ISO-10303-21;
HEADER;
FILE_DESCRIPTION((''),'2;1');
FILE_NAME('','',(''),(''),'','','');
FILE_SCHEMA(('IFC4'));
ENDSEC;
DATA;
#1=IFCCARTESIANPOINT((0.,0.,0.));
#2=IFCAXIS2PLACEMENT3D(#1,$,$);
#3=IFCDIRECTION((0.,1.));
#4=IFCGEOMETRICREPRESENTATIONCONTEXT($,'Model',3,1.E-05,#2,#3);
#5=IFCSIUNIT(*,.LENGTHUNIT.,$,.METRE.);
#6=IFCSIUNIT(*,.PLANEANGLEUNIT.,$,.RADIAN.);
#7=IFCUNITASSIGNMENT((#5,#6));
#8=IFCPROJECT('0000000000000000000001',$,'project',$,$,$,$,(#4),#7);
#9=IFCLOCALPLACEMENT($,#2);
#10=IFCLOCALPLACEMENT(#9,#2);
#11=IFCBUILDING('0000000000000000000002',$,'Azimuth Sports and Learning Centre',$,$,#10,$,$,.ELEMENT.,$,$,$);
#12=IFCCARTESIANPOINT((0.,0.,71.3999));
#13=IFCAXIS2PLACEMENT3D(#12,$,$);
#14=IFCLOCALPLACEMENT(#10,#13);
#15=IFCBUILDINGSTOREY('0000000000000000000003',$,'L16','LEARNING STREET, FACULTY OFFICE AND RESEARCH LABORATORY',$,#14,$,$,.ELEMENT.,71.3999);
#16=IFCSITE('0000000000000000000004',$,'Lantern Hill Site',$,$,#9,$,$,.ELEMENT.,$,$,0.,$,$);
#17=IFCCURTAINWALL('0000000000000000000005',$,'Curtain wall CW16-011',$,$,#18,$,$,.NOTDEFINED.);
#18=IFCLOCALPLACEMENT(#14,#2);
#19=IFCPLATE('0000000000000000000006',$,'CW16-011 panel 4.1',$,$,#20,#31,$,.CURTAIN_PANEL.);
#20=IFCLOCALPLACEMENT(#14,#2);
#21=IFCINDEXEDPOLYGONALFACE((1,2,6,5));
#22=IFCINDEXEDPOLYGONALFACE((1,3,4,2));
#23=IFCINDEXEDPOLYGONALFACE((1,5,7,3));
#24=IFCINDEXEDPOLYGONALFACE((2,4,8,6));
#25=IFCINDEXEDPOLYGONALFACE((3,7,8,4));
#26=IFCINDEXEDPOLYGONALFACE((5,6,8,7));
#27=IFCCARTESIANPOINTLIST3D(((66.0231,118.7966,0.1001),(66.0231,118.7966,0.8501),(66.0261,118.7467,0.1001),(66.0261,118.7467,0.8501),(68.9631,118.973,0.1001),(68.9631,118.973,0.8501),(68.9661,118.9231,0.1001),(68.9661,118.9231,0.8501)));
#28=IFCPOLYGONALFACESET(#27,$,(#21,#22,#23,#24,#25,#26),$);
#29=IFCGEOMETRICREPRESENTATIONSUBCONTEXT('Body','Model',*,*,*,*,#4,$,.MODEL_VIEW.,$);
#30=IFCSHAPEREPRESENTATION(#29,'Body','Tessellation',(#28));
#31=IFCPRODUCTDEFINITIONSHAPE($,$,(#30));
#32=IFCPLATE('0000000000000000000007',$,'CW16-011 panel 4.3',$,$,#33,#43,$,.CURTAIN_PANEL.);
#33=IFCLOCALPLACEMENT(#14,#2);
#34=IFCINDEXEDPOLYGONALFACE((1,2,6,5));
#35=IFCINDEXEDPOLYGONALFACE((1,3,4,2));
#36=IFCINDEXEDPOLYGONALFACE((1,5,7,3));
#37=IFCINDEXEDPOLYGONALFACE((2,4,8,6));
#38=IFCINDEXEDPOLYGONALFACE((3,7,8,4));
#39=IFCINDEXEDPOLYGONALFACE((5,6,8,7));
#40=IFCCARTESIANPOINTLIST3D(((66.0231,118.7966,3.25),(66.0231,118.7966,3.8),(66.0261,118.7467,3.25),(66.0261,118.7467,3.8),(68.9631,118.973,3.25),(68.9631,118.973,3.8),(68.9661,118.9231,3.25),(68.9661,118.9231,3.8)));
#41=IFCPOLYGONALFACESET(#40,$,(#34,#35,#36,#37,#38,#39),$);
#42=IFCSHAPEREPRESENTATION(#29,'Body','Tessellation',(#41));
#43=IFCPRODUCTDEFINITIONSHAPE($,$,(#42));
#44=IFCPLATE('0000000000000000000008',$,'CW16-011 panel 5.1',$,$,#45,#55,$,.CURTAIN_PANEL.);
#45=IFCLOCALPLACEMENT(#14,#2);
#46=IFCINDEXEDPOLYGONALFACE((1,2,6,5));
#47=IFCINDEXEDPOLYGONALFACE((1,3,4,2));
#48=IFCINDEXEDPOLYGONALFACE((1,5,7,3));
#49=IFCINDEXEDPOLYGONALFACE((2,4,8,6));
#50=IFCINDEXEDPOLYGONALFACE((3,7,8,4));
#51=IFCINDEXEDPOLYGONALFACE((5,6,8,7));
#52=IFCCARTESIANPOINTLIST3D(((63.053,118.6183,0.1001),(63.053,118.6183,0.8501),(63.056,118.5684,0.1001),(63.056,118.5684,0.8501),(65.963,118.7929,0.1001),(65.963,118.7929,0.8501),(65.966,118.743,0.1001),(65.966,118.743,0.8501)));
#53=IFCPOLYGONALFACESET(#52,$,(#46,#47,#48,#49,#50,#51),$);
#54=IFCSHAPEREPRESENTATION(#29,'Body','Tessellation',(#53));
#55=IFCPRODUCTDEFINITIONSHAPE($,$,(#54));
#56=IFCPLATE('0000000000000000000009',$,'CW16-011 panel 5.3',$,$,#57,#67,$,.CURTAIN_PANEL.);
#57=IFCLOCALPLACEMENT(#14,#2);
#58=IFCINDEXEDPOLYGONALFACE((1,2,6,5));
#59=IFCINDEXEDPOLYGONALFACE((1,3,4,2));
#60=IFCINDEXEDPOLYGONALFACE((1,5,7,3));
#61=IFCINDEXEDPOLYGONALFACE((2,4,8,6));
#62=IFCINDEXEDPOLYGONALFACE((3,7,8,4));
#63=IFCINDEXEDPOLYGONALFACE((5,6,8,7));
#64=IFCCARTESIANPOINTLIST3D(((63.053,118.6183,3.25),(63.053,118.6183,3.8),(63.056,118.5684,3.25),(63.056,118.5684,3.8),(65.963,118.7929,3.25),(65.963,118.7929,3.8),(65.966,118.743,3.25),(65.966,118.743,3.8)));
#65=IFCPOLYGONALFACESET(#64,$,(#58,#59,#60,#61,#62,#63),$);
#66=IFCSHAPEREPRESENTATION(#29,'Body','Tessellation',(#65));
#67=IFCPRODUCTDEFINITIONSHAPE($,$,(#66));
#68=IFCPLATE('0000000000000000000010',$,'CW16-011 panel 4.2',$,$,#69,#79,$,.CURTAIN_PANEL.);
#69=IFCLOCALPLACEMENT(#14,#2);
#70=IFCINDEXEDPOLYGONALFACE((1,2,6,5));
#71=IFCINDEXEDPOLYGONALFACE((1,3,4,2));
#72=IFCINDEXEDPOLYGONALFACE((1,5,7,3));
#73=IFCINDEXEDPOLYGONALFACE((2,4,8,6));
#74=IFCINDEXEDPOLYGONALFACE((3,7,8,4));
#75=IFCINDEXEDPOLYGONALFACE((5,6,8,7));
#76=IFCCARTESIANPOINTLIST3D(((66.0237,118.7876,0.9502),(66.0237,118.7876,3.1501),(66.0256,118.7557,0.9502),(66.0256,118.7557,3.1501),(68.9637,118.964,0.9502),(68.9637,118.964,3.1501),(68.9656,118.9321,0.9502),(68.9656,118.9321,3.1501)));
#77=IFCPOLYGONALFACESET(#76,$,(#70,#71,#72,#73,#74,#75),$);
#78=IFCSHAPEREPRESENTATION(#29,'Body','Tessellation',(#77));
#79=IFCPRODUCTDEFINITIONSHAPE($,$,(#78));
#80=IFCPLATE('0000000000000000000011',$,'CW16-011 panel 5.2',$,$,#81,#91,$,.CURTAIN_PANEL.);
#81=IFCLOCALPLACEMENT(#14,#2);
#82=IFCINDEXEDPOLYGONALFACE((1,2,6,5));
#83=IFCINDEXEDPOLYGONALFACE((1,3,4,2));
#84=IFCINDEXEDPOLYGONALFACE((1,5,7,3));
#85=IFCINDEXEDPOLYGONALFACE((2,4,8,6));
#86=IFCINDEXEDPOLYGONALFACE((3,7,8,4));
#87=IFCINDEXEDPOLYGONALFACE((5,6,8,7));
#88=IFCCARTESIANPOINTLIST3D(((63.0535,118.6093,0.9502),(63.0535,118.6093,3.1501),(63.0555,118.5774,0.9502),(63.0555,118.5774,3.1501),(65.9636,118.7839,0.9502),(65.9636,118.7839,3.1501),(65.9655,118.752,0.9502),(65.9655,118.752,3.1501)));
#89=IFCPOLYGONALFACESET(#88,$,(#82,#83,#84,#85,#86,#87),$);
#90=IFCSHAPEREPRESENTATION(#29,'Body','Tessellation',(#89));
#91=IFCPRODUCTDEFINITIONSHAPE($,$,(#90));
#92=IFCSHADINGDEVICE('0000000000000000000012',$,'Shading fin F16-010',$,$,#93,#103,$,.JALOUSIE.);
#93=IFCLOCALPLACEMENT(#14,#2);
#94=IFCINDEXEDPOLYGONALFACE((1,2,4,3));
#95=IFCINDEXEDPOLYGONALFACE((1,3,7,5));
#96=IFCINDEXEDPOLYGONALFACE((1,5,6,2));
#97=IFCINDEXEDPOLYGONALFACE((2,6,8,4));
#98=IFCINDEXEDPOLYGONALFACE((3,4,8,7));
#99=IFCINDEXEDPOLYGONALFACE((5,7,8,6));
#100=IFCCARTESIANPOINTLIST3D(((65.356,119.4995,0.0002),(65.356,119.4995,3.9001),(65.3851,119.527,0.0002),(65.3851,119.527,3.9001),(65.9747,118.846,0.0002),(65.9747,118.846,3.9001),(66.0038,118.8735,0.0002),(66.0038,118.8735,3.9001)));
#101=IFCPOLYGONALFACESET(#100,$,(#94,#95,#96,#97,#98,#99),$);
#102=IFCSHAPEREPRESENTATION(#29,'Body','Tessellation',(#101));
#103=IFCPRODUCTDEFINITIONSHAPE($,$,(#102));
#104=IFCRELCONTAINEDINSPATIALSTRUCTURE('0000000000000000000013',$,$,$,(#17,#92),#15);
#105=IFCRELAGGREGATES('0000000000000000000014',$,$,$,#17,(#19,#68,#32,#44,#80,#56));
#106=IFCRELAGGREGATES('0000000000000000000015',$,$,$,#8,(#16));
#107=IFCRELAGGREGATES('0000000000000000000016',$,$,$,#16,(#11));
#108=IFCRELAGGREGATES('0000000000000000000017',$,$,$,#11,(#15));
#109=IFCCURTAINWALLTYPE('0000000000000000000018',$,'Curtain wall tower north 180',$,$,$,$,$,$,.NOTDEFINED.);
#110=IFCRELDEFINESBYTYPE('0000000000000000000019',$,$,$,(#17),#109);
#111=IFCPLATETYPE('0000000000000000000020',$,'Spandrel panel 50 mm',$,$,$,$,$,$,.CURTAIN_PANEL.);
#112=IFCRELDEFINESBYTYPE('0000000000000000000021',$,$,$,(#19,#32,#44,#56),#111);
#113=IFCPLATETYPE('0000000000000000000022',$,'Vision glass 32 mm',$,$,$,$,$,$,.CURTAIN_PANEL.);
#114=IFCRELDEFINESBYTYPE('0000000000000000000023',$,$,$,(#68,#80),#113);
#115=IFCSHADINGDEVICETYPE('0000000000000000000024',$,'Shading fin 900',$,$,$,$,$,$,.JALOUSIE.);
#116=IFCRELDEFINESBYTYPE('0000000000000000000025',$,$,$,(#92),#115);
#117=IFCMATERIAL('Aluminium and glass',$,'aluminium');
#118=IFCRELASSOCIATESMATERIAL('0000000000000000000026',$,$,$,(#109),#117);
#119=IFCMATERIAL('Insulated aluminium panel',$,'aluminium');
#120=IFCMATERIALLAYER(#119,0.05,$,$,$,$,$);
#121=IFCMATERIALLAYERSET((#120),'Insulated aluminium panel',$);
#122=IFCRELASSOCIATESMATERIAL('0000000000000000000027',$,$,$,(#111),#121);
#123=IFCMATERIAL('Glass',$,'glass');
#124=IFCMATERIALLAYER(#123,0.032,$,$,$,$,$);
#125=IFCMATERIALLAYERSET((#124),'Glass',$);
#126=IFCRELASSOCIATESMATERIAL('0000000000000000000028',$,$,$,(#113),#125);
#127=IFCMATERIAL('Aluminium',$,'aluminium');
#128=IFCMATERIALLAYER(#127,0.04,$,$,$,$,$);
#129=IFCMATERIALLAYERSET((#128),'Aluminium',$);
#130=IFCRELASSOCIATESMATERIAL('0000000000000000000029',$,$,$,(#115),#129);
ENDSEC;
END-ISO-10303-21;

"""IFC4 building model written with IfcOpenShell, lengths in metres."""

from ifc_helpers import new_model, si_unit, direction, frame, origin, origin_2d, place, context, subcontext, project, spatial, rectangle, extrude, material, layer, layer_set, type_object, element, aggregate, save


model = new_model("IFC4")

# Units and contexts
model_context = context("Model", 3, precision=1e-05, world=origin(), true_north=direction((0.0, 1.0)))
body_context = subcontext(model_context, "Body", "Model", "MODEL_VIEW")
ifc_project = project(units=[si_unit("LENGTHUNIT", "METRE"), si_unit("PLANEANGLEUNIT", "RADIAN")], contexts=[model_context])

# Site, building, storey
site_placement = place(None, origin())
site = spatial("IfcSite", under=ifc_project, at=site_placement, Name="Lantern Hill Site", CompositionType="ELEMENT", RefElevation=0.0)
building_placement = place(site_placement, origin())
building = spatial("IfcBuilding", under=site, at=building_placement, Name="Azimuth Sports and Learning Centre", CompositionType="ELEMENT")
storey_placement = place(building_placement, frame((0.0, 0.0, 71.3999)))
storey = spatial("IfcBuildingStorey", under=building, at=storey_placement, Name="L16", Description="LEARNING STREET, FACULTY OFFICE AND RESEARCH LABORATORY", CompositionType="ELEMENT", Elevation=71.3999)

# Curtain wall, plates
ifc_material_1 = material(Name="Aluminium and glass", Category="aluminium")
curtain_wall_type = type_object("IfcCurtainWallType", Name="Curtain wall tower north 180", PredefinedType="NOTDEFINED", material=ifc_material_1)
curtain_wall_placement = place(storey_placement, origin())
curtain_wall = element("IfcCurtainWall", 1, at=curtain_wall_placement, inside=storey, type_object=curtain_wall_type, Name="Curtain wall CW16-011", PredefinedType="NOTDEFINED")
ifc_material_2 = material(Name="Insulated aluminium panel", Category="aluminium")
ifc_layer_1 = layer(ifc_material_2, 0.05)
ifc_layer_set_1 = layer_set([ifc_layer_1], Name="Insulated aluminium panel")
plate_type_1 = type_object("IfcPlateType", Name="Spandrel panel 50 mm", PredefinedType="CURTAIN_PANEL", material=ifc_layer_set_1)
plate_1_placement = place(storey_placement, frame((67.4946, 118.8599, 0.1001), z_axis=(0.0, 0.0, 1.0), x_axis=(-0.998205, -0.059892, 0.0)))
plate_1 = element("IfcPlate", 2, at=plate_1_placement, type_object=plate_type_1, Name="CW16-011 panel 4.1", PredefinedType="CURTAIN_PANEL", context=body_context, shape_type="SweptSolid", body=[
    extrude(rectangle(XDim=2.9453, YDim=0.05, at=origin_2d()), origin(), (0.0, 0.0, 1.0), 0.75),
])
plate_2_placement = place(storey_placement, frame((67.4946, 118.8599, 3.25), z_axis=(0.0, 0.0, 1.0), x_axis=(-0.998205, -0.059892, 0.0)))
plate_2 = element("IfcPlate", 3, at=plate_2_placement, type_object=plate_type_1, Name="CW16-011 panel 4.3", PredefinedType="CURTAIN_PANEL", context=body_context, shape_type="SweptSolid", body=[
    extrude(rectangle(XDim=2.9453, YDim=0.05, at=origin_2d()), origin(), (0.0, 0.0, 1.0), 0.55),
])
plate_3_placement = place(storey_placement, frame((64.5095, 118.6807, 0.1001), z_axis=(0.0, 0.0, 1.0), x_axis=(-0.998205, -0.059892, 0.0)))
plate_3 = element("IfcPlate", 4, at=plate_3_placement, type_object=plate_type_1, Name="CW16-011 panel 5.1", PredefinedType="CURTAIN_PANEL", context=body_context, shape_type="SweptSolid", body=[
    extrude(rectangle(XDim=2.9153, YDim=0.05, at=origin_2d()), origin(), (0.0, 0.0, 1.0), 0.75),
])
plate_4_placement = place(storey_placement, frame((64.5095, 118.6807, 3.25), z_axis=(0.0, 0.0, 1.0), x_axis=(-0.998205, -0.059892, 0.0)))
plate_4 = element("IfcPlate", 5, at=plate_4_placement, type_object=plate_type_1, Name="CW16-011 panel 5.3", PredefinedType="CURTAIN_PANEL", context=body_context, shape_type="SweptSolid", body=[
    extrude(rectangle(XDim=2.9153, YDim=0.05, at=origin_2d()), origin(), (0.0, 0.0, 1.0), 0.55),
])
ifc_material_3 = material(Name="Glass", Category="glass")
ifc_layer_2 = layer(ifc_material_3, 0.032)
ifc_layer_set_2 = layer_set([ifc_layer_2], Name="Glass")
plate_type_2 = type_object("IfcPlateType", Name="Vision glass 32 mm", PredefinedType="CURTAIN_PANEL", material=ifc_layer_set_2)
plate_5_placement = place(storey_placement, frame((67.4946, 118.8599, 0.9502), z_axis=(0.0, 0.0, 1.0), x_axis=(-0.998205, -0.059892, 0.0)))
plate_5 = element("IfcPlate", 6, at=plate_5_placement, type_object=plate_type_2, Name="CW16-011 panel 4.2", PredefinedType="CURTAIN_PANEL", context=body_context, shape_type="SweptSolid", body=[
    extrude(rectangle(XDim=2.9453, YDim=0.032, at=origin_2d()), origin(), (0.0, 0.0, 1.0), 2.2),
])
plate_6_placement = place(storey_placement, frame((64.5095, 118.6807, 0.9502), z_axis=(0.0, 0.0, 1.0), x_axis=(-0.998205, -0.059892, 0.0)))
plate_6 = element("IfcPlate", 7, at=plate_6_placement, type_object=plate_type_2, Name="CW16-011 panel 5.2", PredefinedType="CURTAIN_PANEL", context=body_context, shape_type="SweptSolid", body=[
    extrude(rectangle(XDim=2.9153, YDim=0.032, at=origin_2d()), origin(), (0.0, 0.0, 1.0), 2.2),
])
aggregate(curtain_wall, [plate_1, plate_5, plate_2, plate_3, plate_6, plate_4])

# Shading device
ifc_material_4 = material(Name="Aluminium", Category="aluminium")
ifc_layer_3 = layer(ifc_material_4, 0.04)
ifc_layer_set_3 = layer_set([ifc_layer_3], Name="Aluminium")
shading_device_type = type_object("IfcShadingDeviceType", Name="Shading fin 900", PredefinedType="JALOUSIE", material=ifc_layer_set_3)
shading_device_placement = place(storey_placement, frame((65.6799, 119.1865, 0.0002), z_axis=(0.0, 0.0, 1.0), x_axis=(-0.687514, 0.726171, 0.0)))
element("IfcShadingDevice", 8, at=shading_device_placement, inside=storey, type_object=shading_device_type, Name="Shading fin F16-010", PredefinedType="JALOUSIE", context=body_context, shape_type="SweptSolid", body=[
    extrude(rectangle(XDim=0.8999, YDim=0.04, at=origin_2d()), origin(), (0.0, 0.0, 1.0), 3.8999),
])

save(model, "model.ifc")
